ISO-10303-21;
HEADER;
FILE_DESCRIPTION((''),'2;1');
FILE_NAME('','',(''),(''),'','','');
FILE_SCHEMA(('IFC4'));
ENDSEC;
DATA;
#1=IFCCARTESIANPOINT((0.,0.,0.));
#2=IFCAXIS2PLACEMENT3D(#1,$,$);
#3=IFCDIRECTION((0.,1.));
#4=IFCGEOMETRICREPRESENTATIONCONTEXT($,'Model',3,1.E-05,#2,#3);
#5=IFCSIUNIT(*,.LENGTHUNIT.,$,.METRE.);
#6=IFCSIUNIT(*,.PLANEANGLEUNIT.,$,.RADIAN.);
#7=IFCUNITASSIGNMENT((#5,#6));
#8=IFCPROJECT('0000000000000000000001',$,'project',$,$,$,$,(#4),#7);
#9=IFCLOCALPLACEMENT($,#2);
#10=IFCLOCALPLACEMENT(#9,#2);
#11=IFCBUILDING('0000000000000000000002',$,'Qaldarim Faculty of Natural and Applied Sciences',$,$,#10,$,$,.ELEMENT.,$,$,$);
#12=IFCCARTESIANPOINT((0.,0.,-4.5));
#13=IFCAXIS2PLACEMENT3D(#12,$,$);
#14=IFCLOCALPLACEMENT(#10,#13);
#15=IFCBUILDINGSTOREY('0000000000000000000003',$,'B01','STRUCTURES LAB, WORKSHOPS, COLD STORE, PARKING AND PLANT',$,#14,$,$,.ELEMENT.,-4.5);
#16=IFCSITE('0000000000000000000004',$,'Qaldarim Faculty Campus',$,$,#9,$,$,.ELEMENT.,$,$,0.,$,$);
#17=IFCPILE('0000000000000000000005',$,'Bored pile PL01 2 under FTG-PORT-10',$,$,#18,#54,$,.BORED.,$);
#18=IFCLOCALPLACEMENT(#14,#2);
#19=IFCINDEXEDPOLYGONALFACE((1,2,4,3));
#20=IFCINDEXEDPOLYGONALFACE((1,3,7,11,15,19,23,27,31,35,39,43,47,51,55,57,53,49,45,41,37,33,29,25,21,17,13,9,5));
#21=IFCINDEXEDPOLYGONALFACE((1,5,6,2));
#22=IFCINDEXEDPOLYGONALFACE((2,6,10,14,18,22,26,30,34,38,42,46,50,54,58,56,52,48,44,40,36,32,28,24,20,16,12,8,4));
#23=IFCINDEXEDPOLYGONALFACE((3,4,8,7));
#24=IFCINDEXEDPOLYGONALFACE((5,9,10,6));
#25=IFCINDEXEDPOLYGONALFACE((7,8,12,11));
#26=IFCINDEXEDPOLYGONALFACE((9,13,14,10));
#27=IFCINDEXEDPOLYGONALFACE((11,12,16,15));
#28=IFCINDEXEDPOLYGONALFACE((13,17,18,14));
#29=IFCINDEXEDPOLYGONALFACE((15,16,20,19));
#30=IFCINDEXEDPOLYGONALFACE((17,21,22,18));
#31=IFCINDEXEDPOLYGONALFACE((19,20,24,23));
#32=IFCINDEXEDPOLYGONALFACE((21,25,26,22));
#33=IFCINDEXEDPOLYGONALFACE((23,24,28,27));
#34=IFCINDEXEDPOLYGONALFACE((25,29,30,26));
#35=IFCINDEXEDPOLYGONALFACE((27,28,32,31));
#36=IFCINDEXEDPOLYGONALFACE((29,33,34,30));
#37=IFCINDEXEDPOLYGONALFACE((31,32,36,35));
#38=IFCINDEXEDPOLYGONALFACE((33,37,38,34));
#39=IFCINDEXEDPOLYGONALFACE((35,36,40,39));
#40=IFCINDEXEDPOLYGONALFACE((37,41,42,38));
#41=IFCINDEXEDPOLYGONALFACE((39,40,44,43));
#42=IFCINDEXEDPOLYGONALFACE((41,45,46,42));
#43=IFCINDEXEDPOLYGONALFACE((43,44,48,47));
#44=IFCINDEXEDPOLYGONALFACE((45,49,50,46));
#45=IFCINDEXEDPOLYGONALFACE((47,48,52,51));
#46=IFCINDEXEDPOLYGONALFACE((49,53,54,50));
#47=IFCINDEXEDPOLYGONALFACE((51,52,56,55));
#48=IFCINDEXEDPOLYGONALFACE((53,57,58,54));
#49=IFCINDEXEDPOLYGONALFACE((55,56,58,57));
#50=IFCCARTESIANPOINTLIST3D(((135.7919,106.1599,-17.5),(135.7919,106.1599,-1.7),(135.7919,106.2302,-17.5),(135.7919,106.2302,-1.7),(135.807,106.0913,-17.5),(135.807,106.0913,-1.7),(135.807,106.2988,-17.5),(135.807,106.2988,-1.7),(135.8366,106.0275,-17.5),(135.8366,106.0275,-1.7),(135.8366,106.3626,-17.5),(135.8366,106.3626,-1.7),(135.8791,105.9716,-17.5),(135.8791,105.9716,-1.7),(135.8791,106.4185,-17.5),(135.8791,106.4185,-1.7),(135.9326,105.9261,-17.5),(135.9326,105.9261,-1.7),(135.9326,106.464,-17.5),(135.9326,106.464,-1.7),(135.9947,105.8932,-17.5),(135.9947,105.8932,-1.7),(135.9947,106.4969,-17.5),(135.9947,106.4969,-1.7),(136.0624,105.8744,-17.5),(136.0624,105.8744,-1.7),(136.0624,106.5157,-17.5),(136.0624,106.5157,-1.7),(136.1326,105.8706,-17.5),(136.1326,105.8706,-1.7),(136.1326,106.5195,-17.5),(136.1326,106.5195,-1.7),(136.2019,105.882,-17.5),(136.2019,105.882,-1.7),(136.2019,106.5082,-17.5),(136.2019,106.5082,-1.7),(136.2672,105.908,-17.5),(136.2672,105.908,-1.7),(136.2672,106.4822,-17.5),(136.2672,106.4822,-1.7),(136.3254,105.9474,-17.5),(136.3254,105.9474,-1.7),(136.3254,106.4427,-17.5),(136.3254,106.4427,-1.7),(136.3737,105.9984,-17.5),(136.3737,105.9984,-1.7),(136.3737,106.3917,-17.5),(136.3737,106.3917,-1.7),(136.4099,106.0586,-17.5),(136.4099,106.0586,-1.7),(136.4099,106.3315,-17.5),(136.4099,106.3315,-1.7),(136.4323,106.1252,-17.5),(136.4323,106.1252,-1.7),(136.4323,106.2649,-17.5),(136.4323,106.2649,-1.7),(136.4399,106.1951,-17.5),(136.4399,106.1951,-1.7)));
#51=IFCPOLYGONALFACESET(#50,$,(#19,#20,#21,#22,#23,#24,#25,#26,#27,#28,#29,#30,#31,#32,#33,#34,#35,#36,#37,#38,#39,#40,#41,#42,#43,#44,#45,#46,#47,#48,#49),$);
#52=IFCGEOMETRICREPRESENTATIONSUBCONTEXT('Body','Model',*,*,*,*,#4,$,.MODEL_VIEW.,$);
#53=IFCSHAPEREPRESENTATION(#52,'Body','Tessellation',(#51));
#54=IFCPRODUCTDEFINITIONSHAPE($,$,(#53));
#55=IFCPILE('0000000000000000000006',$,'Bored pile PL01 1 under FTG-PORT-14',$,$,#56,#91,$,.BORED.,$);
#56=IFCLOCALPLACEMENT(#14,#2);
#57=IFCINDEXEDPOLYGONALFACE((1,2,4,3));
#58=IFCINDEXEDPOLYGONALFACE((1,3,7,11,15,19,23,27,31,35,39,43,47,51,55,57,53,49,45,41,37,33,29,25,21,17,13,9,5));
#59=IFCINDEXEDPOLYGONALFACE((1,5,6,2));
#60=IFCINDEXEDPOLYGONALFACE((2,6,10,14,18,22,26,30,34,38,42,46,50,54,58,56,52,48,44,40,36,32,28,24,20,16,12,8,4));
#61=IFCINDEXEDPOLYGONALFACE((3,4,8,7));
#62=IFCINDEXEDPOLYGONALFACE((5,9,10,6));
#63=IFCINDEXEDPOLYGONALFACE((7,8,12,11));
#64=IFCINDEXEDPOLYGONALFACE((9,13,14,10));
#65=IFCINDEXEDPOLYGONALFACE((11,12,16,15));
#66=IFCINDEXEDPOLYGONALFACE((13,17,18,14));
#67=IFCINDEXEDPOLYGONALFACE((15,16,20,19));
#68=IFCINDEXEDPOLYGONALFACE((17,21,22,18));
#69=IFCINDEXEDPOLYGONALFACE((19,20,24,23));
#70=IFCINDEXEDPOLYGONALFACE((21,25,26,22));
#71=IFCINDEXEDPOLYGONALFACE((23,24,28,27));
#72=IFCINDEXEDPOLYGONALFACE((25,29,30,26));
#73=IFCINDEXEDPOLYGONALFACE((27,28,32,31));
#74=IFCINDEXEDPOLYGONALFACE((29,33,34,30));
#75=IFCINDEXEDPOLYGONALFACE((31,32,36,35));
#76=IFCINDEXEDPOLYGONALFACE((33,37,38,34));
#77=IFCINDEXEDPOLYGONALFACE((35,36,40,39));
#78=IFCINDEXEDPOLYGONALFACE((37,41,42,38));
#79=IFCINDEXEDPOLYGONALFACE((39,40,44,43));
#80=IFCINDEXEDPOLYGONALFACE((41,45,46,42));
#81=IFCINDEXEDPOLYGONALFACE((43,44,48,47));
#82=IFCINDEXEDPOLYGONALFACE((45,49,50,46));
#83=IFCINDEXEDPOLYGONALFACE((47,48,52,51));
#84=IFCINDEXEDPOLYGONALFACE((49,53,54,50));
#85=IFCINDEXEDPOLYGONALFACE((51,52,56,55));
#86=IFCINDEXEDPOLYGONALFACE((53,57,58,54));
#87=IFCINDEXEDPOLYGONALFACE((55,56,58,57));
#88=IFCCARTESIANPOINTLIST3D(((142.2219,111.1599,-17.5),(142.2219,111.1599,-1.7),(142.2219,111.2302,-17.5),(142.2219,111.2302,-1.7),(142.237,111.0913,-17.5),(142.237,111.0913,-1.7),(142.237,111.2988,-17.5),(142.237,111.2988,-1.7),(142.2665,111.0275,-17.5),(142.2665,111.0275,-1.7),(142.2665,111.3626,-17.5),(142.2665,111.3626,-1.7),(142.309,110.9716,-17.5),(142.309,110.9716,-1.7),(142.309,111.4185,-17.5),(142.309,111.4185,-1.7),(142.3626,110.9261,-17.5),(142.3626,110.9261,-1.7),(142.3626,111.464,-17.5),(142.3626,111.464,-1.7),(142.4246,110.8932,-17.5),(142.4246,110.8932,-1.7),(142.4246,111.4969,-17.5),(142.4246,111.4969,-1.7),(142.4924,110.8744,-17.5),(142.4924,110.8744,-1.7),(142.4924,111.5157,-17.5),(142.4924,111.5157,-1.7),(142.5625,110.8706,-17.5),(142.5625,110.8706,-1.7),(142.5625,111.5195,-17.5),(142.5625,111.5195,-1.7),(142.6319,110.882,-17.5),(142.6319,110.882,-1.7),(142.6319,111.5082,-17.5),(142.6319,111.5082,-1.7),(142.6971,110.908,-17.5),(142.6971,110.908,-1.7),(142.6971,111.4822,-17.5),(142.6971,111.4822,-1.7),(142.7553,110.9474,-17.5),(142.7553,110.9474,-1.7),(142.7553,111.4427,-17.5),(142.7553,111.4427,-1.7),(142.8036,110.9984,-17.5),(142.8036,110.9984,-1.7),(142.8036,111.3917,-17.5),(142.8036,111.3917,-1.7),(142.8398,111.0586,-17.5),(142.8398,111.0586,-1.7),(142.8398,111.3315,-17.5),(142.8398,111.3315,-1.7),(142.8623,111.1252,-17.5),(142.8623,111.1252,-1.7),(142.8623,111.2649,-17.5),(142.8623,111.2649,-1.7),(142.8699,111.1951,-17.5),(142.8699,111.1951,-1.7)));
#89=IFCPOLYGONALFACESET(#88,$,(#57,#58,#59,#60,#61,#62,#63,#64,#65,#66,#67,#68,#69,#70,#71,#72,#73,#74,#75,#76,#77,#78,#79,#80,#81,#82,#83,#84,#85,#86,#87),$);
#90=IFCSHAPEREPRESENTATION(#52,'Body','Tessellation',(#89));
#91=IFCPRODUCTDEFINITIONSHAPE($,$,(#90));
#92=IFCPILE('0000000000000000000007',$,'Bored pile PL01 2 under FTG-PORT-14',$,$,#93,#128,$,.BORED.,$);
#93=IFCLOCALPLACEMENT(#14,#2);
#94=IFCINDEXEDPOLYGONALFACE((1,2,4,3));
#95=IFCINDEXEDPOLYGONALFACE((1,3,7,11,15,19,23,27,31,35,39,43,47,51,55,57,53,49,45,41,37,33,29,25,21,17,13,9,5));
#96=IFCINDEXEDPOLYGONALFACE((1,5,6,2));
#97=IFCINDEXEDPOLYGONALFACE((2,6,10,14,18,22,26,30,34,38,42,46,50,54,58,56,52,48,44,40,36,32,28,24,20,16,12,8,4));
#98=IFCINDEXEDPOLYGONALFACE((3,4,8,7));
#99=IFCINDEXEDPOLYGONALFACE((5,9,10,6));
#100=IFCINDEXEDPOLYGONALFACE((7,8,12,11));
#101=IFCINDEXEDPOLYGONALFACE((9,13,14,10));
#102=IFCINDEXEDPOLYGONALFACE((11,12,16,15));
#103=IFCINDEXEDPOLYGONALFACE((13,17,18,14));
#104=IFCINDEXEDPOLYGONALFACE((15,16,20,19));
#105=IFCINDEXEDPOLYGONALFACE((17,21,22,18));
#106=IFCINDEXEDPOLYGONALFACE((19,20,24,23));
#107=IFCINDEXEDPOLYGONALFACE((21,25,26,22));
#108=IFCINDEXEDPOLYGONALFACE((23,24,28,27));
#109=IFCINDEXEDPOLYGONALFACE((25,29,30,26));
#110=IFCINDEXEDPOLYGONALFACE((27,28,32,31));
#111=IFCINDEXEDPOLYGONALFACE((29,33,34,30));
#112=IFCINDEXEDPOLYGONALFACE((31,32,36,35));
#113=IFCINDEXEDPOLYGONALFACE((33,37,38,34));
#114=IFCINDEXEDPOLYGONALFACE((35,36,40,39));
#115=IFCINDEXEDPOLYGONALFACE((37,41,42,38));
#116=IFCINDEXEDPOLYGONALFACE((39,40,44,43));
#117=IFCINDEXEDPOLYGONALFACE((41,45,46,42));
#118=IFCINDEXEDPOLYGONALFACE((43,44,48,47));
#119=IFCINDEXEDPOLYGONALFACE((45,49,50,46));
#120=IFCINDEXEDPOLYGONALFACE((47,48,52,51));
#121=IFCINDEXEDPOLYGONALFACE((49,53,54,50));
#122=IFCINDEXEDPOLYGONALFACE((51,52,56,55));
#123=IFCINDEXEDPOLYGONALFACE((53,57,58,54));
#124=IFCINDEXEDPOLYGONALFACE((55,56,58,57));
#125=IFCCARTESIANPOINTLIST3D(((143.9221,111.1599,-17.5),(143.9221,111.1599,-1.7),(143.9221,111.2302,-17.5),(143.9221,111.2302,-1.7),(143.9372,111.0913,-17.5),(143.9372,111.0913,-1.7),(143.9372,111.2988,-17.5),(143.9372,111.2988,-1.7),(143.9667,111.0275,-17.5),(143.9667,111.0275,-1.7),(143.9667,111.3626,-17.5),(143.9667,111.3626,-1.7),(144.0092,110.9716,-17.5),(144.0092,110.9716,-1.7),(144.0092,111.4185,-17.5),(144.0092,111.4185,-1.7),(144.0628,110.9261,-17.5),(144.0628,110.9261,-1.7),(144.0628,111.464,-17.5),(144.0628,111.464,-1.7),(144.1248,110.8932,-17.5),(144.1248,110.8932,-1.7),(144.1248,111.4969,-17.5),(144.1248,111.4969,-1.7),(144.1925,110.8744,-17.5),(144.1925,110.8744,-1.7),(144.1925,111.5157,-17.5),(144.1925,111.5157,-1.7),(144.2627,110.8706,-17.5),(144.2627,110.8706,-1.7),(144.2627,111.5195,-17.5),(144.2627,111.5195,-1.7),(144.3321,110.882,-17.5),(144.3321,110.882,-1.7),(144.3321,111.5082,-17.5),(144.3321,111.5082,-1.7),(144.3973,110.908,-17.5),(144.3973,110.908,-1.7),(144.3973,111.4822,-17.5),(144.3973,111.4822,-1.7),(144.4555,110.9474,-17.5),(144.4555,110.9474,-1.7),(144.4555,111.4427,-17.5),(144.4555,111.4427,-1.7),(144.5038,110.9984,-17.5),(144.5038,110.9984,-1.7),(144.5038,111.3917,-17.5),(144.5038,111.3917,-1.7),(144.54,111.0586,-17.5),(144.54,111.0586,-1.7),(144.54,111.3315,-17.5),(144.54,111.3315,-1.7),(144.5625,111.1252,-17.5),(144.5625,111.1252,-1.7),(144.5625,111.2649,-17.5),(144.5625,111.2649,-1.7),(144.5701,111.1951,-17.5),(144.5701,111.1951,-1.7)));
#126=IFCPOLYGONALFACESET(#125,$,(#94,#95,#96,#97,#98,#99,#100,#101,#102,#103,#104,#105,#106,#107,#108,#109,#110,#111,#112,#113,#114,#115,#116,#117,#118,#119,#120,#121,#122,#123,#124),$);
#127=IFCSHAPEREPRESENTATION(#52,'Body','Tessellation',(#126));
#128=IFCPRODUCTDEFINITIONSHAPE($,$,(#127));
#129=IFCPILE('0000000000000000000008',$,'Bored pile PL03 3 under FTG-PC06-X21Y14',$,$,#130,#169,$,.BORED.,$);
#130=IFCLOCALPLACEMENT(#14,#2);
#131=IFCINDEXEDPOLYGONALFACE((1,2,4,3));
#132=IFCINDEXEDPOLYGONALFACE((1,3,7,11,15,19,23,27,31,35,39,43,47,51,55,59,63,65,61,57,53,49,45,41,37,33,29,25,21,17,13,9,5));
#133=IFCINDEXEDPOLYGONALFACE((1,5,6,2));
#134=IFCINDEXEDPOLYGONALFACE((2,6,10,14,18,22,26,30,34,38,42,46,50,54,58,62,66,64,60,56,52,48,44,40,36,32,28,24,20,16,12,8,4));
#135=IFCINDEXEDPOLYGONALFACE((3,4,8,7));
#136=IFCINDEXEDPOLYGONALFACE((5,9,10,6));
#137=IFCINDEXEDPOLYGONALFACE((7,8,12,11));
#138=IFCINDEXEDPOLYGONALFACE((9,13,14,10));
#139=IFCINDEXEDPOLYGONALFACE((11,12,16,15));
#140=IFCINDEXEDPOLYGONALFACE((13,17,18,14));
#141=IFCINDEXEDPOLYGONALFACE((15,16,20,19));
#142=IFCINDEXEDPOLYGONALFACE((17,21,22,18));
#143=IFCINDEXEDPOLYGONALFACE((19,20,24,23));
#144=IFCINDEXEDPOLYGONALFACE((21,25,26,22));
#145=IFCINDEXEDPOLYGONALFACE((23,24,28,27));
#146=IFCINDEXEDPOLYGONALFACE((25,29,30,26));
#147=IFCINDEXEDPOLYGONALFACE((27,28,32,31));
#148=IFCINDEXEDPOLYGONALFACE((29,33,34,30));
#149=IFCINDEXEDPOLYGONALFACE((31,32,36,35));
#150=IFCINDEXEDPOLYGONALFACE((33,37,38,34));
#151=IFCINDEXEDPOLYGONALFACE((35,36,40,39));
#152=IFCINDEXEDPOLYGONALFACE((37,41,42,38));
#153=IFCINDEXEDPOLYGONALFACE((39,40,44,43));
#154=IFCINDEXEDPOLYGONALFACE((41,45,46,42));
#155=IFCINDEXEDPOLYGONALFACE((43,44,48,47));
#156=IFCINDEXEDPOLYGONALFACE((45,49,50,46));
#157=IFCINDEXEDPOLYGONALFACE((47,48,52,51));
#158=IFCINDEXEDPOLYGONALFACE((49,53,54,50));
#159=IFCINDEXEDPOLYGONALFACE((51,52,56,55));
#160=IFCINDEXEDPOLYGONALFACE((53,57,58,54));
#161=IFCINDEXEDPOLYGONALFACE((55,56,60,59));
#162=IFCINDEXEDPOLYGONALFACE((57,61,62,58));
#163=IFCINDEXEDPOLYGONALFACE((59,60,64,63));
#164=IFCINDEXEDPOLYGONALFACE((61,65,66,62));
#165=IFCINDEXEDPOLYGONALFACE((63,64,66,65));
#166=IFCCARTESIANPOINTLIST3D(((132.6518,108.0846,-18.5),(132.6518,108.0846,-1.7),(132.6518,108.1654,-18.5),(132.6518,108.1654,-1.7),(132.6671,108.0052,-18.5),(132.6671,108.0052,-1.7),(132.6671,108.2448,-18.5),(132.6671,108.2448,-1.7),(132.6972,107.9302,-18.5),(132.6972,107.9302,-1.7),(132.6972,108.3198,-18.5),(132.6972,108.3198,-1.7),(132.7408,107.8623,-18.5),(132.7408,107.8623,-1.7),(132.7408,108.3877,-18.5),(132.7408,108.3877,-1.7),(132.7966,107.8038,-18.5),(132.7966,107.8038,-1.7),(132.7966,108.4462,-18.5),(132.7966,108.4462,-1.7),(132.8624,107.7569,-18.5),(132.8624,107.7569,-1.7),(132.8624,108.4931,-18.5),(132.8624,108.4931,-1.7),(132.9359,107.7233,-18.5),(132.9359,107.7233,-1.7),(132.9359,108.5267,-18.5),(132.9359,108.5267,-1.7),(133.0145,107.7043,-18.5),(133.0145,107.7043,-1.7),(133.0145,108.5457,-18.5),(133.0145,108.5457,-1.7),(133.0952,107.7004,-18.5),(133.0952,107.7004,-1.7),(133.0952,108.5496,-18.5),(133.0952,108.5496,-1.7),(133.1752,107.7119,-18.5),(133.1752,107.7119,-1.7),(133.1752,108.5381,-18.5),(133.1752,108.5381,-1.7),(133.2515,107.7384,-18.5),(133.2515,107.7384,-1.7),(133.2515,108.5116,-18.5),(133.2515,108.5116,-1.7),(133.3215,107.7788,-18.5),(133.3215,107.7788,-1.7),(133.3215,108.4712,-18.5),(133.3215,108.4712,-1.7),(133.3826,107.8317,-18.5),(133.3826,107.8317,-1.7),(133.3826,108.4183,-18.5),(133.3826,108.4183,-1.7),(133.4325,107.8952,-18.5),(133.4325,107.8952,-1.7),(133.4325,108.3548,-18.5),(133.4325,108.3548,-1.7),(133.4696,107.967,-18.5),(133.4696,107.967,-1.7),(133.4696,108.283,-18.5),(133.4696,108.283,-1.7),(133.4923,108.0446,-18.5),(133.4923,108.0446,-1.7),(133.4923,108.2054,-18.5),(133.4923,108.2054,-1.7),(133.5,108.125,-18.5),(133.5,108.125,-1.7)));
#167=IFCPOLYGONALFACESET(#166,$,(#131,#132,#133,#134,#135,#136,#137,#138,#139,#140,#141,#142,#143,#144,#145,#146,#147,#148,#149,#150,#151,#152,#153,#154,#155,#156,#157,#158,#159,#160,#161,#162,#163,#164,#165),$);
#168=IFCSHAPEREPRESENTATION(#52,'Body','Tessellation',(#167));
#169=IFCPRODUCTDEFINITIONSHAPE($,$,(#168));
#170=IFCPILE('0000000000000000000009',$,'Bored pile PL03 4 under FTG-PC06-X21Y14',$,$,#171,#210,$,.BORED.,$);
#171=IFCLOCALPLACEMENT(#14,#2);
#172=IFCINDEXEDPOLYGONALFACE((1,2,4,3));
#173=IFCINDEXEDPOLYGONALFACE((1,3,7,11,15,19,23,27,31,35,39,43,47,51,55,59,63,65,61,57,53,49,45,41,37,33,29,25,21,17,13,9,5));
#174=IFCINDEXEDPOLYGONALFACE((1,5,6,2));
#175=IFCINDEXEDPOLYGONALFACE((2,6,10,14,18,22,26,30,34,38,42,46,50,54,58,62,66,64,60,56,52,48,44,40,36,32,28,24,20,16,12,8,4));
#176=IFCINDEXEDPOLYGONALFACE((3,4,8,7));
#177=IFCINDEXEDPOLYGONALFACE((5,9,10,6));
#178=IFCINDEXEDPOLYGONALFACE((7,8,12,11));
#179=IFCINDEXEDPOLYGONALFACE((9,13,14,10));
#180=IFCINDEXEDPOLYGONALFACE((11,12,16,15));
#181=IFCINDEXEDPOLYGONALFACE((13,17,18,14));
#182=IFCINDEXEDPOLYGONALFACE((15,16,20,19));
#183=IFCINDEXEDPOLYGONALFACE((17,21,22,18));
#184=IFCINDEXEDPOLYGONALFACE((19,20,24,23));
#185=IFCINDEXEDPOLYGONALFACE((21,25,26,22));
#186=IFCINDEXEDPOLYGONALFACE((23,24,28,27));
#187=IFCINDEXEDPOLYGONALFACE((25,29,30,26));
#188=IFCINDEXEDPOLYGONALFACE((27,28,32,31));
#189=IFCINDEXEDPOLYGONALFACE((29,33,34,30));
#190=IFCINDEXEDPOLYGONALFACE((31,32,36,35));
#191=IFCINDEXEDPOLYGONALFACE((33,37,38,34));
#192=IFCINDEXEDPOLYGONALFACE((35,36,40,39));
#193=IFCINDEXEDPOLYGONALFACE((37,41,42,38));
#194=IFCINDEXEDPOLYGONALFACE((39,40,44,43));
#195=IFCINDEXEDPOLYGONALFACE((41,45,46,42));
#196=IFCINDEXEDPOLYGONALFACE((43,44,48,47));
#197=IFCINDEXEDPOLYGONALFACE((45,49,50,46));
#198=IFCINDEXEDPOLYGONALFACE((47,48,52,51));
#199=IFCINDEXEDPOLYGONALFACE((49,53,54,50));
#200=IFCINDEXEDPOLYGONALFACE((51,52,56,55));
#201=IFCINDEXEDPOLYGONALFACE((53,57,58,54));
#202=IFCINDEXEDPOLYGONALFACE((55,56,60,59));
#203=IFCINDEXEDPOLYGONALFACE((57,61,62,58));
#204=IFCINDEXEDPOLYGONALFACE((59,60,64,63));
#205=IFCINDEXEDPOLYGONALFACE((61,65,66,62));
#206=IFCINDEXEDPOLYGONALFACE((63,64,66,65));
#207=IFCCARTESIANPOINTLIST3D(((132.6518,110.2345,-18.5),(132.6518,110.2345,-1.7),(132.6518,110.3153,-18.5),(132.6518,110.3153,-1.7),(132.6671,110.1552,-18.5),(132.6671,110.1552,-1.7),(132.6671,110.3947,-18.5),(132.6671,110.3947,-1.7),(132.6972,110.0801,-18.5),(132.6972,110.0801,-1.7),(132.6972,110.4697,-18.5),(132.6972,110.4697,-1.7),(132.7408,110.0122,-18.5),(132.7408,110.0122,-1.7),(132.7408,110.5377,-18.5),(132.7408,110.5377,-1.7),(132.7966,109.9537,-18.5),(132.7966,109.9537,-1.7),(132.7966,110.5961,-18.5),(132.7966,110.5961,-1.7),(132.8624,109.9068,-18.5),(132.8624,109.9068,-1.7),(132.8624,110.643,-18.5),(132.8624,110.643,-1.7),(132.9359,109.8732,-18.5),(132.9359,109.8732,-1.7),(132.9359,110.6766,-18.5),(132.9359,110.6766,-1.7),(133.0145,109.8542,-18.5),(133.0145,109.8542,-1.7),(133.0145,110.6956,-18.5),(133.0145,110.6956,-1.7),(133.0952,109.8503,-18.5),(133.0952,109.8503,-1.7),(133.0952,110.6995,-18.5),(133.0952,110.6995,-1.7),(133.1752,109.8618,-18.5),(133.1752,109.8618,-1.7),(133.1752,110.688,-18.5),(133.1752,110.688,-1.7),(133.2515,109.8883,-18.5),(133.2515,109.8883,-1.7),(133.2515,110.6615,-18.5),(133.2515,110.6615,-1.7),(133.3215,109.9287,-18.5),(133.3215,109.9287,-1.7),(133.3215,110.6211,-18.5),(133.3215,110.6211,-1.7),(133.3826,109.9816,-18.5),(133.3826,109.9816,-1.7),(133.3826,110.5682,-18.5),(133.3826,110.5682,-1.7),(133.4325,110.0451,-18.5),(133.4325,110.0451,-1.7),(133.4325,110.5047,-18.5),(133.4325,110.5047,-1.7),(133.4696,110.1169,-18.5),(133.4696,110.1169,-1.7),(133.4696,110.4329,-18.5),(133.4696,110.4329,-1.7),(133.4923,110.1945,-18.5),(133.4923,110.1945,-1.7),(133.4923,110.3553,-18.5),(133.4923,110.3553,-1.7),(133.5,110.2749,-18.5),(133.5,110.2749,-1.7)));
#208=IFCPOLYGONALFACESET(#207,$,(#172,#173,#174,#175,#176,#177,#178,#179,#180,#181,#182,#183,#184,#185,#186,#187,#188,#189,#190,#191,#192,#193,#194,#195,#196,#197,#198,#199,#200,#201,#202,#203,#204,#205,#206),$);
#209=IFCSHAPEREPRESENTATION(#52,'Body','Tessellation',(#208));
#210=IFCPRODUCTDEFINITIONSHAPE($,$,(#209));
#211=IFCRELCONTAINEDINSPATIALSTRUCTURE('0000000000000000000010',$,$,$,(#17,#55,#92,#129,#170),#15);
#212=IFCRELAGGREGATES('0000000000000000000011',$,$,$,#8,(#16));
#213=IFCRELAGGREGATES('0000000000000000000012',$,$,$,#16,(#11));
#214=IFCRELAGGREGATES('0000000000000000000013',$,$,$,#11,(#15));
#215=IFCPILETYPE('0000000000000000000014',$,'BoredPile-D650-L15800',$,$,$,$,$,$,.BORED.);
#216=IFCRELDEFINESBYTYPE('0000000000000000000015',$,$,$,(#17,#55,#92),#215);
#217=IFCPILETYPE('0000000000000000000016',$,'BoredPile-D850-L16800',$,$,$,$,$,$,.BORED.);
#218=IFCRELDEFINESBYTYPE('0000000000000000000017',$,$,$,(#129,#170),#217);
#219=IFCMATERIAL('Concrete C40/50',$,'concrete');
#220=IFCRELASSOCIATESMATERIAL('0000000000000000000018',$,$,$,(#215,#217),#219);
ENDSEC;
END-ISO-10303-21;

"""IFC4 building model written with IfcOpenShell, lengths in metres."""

from ifc_helpers import new_model, si_unit, direction, frame, origin, origin_2d, place, context, subcontext, project, spatial, circle, extrude, material, material_profile, profile_set, type_object, element, save


model = new_model("IFC4")

# Units and contexts
model_context = context("Model", 3, precision=1e-05, world=origin(), true_north=direction((0.0, 1.0)))
body_context = subcontext(model_context, "Body", "Model", "MODEL_VIEW")
ifc_project = project(units=[si_unit("LENGTHUNIT", "METRE"), si_unit("PLANEANGLEUNIT", "RADIAN")], contexts=[model_context])

# Site, building, storey
site_placement = place(None, origin())
site = spatial("IfcSite", under=ifc_project, at=site_placement, Name="Qaldarim Faculty Campus", CompositionType="ELEMENT", RefElevation=0.0)
building_placement = place(site_placement, origin())
building = spatial("IfcBuilding", under=site, at=building_placement, Name="Qaldarim Faculty of Natural and Applied Sciences", CompositionType="ELEMENT")
storey_placement = place(building_placement, frame((0.0, 0.0, -4.5)))
storey = spatial("IfcBuildingStorey", under=building, at=storey_placement, Name="B01", Description="STRUCTURES LAB, WORKSHOPS, COLD STORE, PARKING AND PLANT", CompositionType="ELEMENT", Elevation=-4.5)

# Piles
ifc_material_1 = material(Name="Concrete C40/50", Category="concrete")
ifc_material_profile_1 = material_profile(ifc_material_1, circle(Radius=0.325, at=origin_2d()), Name="PILE-D650")
ifc_profile_set_1 = profile_set([ifc_material_profile_1], Name="Concrete C40/50")
pile_type_1 = type_object("IfcPileType", Name="BoredPile-D650-L15800", PredefinedType="BORED", material=ifc_profile_set_1)
for number, where, z_axis, x_axis, name in (
    (1, (136.115, 106.1951, -1.7), (0.0, 0.0, -1.0), (1.0, 0.0, 0.0), "Bored pile PL01 2 under FTG-PORT-10"),
    (2, (142.5449, 111.1951, -1.7), (0.0, 0.0, -1.0), (1.0, 0.0, 0.0), "Bored pile PL01 1 under FTG-PORT-14"),
    (3, (144.2451, 111.1951, -1.7), (0.0, 0.0, -1.0), (1.0, 0.0, 0.0), "Bored pile PL01 2 under FTG-PORT-14"),
):
    element("IfcPile", number, at=place(storey_placement, frame(where, z_axis=z_axis, x_axis=x_axis)), inside=storey, type_object=pile_type_1, Name=name, PredefinedType="BORED", context=body_context, shape_type="SweptSolid", body=[
        extrude(circle(Radius=0.325, at=origin_2d()), origin(), (0.0, 0.0, 1.0), 15.8),
    ])
ifc_material_profile_2 = material_profile(ifc_material_1, circle(Radius=0.425, at=origin_2d()), Name="PILE-D850")
ifc_profile_set_2 = profile_set([ifc_material_profile_2], Name="Concrete C40/50")
pile_type_2 = type_object("IfcPileType", Name="BoredPile-D850-L16800", PredefinedType="BORED", material=ifc_profile_set_2)
for number, where, z_axis, x_axis, name in (
    (4, (133.075, 108.125, -1.7), (0.0, 0.0, -1.0), (1.0, 0.0, 0.0), "Bored pile PL03 3 under FTG-PC06-X21Y14"),
    (5, (133.075, 110.2749, -1.7), (0.0, 0.0, -1.0), (1.0, 0.0, 0.0), "Bored pile PL03 4 under FTG-PC06-X21Y14"),
):
    element("IfcPile", number, at=place(storey_placement, frame(where, z_axis=z_axis, x_axis=x_axis)), inside=storey, type_object=pile_type_2, Name=name, PredefinedType="BORED", context=body_context, shape_type="SweptSolid", body=[
        extrude(circle(Radius=0.425, at=origin_2d()), origin(), (0.0, 0.0, 1.0), 16.8),
    ])

save(model, "model.ifc")
